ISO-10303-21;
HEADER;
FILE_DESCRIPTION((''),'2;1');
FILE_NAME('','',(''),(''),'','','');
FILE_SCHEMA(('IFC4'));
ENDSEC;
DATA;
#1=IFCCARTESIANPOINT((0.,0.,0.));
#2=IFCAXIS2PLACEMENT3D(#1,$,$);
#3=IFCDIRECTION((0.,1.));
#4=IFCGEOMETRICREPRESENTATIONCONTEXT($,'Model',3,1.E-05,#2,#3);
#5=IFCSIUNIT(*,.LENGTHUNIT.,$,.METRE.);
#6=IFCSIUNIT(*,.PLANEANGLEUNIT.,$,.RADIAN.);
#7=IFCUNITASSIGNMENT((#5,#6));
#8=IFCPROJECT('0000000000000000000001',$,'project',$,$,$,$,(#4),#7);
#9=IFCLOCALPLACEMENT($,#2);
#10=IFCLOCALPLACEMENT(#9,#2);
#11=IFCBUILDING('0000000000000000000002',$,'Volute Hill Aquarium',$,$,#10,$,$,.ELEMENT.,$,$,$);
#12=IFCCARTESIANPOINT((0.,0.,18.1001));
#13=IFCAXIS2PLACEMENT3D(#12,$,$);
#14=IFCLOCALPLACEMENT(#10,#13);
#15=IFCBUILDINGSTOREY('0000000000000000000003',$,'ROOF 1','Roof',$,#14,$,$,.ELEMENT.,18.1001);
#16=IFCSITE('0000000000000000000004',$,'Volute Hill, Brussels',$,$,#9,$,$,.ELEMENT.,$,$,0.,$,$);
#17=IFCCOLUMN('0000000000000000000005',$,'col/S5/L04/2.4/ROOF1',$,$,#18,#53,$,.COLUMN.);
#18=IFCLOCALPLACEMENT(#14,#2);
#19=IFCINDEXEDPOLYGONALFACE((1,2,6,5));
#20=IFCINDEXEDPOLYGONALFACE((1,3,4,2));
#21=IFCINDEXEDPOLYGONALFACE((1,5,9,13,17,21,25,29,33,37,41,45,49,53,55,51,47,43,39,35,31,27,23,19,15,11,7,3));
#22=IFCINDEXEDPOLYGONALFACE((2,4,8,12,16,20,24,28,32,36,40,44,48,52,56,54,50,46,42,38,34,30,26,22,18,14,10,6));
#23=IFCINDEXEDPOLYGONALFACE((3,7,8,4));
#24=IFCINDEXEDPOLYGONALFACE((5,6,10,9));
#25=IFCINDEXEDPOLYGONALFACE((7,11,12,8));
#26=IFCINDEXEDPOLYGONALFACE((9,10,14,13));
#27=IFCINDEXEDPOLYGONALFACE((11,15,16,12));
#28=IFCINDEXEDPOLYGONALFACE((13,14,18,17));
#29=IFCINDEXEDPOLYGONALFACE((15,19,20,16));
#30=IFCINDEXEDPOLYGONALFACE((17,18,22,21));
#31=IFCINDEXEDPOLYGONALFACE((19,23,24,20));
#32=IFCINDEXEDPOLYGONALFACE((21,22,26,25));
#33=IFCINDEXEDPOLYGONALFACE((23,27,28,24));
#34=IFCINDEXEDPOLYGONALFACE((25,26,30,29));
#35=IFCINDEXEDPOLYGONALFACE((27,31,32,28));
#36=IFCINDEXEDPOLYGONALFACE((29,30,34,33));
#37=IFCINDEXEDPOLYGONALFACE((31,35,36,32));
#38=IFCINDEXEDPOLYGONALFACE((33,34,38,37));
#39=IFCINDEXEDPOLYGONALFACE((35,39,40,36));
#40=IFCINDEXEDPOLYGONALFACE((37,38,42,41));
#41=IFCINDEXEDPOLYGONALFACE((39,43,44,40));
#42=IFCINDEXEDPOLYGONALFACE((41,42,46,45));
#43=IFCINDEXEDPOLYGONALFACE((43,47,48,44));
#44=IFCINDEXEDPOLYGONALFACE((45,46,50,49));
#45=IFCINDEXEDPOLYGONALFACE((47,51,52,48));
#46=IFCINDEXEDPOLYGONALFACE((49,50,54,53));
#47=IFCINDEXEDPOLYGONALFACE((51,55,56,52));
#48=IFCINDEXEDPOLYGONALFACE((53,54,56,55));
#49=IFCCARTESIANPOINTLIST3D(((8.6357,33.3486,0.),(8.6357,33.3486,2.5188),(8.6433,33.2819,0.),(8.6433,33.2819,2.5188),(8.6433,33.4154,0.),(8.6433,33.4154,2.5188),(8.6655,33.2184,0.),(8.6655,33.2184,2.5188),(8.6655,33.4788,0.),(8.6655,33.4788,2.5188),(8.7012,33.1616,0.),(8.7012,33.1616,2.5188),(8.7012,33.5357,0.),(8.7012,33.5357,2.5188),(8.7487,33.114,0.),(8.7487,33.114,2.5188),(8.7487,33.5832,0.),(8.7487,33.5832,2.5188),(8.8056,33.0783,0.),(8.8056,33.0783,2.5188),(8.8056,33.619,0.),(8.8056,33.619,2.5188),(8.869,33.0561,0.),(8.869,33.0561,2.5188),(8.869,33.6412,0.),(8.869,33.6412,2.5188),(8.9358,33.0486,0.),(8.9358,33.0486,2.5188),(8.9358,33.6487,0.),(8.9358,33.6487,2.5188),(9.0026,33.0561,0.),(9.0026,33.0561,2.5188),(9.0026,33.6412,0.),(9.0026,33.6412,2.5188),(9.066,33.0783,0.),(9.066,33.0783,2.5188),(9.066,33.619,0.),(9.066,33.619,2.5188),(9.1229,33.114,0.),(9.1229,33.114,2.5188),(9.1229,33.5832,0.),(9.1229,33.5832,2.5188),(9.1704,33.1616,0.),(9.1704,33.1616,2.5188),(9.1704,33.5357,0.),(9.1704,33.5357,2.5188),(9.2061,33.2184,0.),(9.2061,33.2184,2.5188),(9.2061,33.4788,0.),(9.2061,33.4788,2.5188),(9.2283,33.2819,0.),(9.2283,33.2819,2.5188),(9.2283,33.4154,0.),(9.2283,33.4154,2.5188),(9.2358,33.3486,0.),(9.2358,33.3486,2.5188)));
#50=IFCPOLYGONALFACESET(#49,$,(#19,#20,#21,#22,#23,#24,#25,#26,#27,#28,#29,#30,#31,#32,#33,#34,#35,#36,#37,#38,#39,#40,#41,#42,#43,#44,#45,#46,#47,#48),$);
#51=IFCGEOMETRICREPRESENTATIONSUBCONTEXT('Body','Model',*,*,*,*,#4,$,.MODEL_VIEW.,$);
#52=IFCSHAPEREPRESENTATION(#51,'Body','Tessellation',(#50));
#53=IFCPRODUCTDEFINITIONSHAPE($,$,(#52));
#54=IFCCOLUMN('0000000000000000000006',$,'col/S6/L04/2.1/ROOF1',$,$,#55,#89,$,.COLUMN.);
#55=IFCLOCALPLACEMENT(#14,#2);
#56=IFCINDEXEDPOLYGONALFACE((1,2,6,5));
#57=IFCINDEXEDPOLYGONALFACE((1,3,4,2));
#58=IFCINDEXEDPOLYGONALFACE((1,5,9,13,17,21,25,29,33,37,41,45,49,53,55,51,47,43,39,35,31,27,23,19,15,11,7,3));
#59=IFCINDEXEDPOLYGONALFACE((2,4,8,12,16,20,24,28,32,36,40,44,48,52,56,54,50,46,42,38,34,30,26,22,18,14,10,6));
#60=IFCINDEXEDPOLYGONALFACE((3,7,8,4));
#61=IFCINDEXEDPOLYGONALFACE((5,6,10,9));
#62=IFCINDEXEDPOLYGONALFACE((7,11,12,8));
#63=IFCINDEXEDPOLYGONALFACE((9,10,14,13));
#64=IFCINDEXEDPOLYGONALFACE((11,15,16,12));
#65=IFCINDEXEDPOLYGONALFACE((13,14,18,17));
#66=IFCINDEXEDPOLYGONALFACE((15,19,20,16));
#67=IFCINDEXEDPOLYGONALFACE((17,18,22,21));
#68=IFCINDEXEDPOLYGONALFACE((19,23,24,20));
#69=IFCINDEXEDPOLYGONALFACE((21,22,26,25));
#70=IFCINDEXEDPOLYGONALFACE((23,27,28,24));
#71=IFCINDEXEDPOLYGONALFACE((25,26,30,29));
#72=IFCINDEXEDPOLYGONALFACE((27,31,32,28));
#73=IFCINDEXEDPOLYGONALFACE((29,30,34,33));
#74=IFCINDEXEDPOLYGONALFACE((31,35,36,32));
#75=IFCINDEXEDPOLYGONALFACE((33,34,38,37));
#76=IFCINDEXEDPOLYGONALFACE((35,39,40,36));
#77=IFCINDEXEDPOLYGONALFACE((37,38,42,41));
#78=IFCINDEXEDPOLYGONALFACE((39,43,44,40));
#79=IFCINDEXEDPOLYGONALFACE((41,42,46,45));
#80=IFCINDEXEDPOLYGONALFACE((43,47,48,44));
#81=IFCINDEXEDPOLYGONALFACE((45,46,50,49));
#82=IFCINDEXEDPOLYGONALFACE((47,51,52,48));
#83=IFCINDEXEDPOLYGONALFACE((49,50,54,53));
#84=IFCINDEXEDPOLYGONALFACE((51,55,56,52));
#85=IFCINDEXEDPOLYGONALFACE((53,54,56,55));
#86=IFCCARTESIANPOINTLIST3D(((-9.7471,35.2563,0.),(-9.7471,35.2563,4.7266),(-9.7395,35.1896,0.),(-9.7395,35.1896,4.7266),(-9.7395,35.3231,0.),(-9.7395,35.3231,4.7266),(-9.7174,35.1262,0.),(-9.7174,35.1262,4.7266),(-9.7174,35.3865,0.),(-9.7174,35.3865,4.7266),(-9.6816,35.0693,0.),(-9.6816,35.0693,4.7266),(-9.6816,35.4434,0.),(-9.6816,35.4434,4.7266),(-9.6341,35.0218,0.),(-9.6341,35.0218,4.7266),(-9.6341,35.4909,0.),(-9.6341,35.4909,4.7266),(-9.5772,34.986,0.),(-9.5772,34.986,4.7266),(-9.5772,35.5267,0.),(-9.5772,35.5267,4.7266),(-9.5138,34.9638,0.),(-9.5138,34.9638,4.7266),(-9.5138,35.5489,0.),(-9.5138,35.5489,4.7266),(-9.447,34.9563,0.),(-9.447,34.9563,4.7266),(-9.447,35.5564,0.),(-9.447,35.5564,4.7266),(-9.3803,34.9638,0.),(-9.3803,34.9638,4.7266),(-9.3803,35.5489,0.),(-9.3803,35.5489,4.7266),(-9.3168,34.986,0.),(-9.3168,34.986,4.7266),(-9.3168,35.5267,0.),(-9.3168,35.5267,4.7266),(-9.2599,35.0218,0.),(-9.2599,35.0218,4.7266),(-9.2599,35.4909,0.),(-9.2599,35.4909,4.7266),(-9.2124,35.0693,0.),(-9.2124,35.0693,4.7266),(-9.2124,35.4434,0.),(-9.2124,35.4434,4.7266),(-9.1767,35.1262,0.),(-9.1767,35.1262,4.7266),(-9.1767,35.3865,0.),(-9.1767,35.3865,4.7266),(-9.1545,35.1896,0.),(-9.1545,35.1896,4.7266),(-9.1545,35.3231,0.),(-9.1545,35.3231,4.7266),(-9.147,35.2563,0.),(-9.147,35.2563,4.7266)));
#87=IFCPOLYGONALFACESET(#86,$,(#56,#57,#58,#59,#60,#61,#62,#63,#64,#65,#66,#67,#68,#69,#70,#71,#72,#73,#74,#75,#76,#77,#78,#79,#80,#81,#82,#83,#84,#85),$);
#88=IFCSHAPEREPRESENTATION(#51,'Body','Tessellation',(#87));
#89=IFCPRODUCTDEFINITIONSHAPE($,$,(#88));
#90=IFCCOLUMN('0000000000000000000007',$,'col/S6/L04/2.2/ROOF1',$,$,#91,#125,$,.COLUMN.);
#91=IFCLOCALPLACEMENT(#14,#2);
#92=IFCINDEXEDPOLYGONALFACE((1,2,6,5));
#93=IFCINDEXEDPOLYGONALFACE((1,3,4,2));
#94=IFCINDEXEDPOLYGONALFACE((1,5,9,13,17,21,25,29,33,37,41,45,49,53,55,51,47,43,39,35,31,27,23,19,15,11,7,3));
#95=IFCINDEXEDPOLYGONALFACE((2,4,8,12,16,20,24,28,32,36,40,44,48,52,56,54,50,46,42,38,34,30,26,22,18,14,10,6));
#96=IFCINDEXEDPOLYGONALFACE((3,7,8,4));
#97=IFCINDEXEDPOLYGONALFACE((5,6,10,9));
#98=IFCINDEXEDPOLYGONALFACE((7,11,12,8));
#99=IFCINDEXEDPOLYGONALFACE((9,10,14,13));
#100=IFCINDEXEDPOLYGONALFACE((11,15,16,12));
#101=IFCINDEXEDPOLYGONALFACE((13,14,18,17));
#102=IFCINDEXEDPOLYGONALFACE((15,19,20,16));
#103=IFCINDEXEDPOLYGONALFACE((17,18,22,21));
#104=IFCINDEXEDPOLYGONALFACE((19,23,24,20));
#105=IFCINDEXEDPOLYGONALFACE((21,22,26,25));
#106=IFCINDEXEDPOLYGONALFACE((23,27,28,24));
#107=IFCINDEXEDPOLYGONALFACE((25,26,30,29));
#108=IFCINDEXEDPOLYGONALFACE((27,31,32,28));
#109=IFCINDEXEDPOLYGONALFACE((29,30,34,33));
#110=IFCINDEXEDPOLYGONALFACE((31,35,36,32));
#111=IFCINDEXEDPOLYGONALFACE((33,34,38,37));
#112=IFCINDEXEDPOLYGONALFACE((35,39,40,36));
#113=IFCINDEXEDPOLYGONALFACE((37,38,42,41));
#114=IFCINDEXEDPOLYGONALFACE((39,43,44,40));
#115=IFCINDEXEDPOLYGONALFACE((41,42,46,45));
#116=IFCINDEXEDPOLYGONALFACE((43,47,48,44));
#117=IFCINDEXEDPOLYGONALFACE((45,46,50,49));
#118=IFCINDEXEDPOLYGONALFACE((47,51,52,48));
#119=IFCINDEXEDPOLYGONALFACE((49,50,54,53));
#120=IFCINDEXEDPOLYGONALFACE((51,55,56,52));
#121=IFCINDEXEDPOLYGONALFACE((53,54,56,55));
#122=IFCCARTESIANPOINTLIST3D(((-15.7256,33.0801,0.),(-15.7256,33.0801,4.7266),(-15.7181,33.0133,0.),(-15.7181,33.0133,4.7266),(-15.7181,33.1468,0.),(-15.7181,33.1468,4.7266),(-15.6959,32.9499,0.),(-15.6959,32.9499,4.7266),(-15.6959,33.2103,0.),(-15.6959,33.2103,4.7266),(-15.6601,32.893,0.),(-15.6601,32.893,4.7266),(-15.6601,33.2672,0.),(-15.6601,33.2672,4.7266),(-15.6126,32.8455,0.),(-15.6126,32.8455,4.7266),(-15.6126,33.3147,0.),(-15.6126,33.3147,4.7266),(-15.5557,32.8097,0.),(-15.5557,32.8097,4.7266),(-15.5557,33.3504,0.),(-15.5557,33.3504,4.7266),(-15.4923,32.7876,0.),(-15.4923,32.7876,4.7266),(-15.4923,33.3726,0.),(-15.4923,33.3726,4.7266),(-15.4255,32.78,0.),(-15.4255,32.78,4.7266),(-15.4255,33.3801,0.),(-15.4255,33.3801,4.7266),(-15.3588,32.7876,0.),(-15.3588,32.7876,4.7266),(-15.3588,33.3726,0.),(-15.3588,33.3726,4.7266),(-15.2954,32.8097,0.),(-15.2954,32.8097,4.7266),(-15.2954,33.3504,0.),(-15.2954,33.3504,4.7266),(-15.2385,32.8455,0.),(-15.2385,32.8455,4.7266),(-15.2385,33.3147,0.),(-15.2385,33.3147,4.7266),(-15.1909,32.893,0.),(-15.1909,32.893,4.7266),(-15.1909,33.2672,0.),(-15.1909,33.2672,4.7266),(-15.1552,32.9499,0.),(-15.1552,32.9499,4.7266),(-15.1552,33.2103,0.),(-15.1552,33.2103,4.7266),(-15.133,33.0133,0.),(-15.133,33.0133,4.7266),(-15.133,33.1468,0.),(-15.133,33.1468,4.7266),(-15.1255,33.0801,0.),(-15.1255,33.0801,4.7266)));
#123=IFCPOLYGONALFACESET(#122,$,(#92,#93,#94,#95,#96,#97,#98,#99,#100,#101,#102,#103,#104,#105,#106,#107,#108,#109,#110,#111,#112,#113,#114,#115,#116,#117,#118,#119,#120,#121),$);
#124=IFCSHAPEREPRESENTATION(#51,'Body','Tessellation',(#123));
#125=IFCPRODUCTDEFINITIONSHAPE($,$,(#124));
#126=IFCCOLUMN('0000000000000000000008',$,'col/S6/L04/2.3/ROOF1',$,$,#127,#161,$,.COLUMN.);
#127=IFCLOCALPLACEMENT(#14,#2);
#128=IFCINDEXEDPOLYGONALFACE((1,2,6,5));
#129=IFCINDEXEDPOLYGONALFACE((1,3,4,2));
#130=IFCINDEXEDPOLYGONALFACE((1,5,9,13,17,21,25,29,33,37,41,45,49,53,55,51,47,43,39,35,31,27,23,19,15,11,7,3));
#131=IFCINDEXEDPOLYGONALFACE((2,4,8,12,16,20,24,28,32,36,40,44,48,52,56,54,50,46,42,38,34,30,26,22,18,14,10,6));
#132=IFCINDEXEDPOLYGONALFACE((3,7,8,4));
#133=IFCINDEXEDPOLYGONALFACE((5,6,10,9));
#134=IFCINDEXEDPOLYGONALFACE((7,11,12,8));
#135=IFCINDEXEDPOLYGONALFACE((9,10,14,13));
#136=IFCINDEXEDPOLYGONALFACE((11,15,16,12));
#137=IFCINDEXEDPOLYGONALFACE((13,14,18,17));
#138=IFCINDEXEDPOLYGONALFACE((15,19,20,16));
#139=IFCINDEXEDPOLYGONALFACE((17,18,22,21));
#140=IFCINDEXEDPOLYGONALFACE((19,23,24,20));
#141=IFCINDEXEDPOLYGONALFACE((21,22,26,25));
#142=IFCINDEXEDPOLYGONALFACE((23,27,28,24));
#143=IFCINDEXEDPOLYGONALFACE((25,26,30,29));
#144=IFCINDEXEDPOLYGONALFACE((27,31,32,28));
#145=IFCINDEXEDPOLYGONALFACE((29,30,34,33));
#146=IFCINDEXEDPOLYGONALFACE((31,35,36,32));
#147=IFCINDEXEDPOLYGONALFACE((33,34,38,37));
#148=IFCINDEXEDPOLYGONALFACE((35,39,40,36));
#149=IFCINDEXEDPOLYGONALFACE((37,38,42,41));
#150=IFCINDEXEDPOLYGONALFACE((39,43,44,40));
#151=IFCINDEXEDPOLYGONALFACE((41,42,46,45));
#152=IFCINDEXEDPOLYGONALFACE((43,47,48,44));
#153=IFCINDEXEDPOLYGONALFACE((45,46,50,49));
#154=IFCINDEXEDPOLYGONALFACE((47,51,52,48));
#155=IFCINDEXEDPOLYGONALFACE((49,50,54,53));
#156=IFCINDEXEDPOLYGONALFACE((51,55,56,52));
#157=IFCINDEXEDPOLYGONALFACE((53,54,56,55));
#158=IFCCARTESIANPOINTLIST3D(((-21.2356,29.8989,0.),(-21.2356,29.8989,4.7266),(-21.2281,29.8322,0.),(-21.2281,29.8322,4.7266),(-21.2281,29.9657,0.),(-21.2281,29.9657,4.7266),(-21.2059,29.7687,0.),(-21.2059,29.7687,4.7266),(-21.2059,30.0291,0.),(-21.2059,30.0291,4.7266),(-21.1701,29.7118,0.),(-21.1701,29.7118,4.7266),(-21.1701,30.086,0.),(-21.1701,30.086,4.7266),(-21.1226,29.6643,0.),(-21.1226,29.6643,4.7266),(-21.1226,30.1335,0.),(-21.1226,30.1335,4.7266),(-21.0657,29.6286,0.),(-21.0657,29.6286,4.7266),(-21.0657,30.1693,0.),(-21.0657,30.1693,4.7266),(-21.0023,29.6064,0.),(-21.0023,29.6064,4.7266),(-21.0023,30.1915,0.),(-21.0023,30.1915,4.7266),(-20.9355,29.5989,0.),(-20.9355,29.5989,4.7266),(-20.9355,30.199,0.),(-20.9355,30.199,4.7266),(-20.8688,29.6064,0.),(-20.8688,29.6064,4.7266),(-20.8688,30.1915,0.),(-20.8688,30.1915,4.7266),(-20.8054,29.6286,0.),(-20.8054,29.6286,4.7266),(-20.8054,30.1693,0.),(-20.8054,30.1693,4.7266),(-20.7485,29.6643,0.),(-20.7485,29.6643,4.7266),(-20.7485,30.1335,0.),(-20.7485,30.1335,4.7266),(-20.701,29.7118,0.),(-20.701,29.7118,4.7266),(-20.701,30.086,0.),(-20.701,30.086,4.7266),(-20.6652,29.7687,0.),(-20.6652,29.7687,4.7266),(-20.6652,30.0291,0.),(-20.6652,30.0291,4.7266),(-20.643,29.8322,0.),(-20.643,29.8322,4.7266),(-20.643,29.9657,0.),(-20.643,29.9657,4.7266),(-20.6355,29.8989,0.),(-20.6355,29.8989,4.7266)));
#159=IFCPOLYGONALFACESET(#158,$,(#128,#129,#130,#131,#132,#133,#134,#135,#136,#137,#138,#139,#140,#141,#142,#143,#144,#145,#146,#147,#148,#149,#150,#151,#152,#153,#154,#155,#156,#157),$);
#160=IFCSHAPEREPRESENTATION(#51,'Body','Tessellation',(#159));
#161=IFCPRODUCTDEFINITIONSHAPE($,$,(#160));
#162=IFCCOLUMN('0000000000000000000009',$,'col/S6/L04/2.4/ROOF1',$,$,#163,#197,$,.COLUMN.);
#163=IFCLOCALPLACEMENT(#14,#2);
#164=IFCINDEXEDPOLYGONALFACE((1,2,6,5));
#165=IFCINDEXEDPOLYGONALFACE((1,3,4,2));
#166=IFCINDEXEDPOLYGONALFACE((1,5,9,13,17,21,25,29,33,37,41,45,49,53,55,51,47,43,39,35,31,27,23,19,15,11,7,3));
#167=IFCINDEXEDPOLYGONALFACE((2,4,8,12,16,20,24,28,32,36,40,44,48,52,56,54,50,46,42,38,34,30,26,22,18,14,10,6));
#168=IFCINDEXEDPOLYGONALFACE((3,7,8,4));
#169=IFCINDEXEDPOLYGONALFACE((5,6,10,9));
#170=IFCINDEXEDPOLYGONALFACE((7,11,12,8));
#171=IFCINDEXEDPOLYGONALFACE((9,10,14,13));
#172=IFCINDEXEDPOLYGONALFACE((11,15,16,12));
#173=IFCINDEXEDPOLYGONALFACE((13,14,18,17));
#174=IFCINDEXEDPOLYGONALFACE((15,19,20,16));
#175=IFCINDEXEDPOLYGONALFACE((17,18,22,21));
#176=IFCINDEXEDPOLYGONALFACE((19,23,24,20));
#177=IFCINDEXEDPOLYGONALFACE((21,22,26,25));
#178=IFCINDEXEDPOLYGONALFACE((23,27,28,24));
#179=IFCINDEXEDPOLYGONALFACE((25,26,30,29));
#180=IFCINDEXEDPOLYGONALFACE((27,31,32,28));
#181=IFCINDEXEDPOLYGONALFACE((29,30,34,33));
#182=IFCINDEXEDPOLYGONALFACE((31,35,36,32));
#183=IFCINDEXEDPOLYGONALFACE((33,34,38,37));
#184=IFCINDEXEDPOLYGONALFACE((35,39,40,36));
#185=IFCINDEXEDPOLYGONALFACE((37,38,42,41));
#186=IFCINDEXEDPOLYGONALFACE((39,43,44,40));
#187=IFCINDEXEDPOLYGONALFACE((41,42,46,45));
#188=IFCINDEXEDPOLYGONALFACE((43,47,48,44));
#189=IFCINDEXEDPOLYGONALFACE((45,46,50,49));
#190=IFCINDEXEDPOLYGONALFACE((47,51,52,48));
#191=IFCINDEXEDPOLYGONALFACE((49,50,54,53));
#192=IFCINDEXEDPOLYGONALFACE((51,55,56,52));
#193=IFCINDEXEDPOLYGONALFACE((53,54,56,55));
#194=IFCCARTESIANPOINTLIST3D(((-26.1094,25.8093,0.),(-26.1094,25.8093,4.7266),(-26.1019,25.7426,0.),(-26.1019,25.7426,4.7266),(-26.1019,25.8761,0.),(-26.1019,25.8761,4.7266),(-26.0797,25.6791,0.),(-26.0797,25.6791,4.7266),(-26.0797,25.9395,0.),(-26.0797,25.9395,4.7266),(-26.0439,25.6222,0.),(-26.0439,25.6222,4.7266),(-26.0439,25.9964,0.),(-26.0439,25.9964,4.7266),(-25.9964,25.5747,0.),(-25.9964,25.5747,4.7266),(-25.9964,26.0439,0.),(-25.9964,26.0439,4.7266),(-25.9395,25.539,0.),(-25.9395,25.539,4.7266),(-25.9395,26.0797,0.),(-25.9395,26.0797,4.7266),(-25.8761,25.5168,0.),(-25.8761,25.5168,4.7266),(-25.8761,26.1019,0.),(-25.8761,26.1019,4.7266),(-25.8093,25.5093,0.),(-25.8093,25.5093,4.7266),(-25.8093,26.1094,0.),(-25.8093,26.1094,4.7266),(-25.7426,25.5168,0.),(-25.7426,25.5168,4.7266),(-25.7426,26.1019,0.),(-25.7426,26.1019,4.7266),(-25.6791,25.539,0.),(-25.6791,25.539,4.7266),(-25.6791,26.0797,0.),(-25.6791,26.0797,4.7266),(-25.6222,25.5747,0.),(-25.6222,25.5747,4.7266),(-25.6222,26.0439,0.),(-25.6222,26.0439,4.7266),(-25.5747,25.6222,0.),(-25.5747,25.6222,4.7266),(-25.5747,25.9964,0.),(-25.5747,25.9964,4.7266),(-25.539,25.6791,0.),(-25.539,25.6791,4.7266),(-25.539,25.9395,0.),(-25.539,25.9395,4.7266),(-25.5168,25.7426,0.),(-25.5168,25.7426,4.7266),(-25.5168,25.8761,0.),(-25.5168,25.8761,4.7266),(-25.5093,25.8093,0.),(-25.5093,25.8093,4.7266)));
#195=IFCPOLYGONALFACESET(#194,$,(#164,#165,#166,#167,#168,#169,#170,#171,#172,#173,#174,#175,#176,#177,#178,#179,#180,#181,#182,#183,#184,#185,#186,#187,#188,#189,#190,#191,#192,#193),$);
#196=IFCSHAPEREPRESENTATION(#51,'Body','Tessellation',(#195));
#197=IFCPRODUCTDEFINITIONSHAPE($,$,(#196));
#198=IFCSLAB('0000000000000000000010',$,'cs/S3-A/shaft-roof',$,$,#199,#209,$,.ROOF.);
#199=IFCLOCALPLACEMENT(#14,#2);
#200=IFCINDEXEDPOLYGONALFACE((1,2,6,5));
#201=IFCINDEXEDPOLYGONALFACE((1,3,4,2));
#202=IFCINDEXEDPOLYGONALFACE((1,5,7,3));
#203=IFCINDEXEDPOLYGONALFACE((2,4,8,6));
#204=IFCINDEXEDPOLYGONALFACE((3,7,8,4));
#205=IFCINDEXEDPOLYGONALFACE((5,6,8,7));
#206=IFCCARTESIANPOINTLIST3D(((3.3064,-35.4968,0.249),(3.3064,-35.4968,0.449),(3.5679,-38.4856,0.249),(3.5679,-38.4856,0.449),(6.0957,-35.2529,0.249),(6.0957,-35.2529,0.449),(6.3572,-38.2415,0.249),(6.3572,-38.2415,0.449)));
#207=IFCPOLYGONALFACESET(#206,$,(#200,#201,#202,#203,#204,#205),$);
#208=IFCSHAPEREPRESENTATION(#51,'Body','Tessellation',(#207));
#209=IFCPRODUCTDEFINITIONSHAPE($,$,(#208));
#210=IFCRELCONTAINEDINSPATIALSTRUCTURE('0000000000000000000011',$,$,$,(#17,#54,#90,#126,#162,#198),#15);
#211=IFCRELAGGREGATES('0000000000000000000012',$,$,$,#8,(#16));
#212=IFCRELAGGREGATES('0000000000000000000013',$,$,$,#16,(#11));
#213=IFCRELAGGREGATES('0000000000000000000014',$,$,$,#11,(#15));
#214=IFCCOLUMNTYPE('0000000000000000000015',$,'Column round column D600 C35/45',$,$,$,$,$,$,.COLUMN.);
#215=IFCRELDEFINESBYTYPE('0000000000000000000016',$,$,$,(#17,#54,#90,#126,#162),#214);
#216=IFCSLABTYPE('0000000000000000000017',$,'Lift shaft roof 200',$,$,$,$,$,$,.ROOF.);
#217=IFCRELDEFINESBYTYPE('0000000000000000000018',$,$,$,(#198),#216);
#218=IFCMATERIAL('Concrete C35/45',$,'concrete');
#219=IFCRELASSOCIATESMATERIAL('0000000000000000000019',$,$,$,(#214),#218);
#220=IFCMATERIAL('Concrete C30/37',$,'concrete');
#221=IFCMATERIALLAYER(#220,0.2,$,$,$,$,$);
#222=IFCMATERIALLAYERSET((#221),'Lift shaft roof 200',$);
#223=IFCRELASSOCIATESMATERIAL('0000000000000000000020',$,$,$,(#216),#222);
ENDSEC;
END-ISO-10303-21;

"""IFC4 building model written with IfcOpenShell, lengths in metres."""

from ifc_helpers import new_model, si_unit, direction, frame, origin, origin_2d, place, context, subcontext, project, spatial, polyline, circle, outline, extrude, material, layer, layer_set, material_profile, profile_set, type_object, element, save


model = new_model("IFC4")

# Units and contexts
model_context = context("Model", 3, precision=1e-05, world=origin(), true_north=direction((0.0, 1.0)))
body_context = subcontext(model_context, "Body", "Model", "MODEL_VIEW")
ifc_project = project(units=[si_unit("LENGTHUNIT", "METRE"), si_unit("PLANEANGLEUNIT", "RADIAN")], contexts=[model_context])

# Site, building, storey
site_placement = place(None, origin())
site = spatial("IfcSite", under=ifc_project, at=site_placement, Name="Volute Hill, Brussels", CompositionType="ELEMENT", RefElevation=0.0)
building_placement = place(site_placement, origin())
building = spatial("IfcBuilding", under=site, at=building_placement, Name="Volute Hill Aquarium", CompositionType="ELEMENT")
storey_placement = place(building_placement, frame((0.0, 0.0, 18.1001)))
storey = spatial("IfcBuildingStorey", under=building, at=storey_placement, Name="ROOF 1", Description="Roof", CompositionType="ELEMENT", Elevation=18.1001)

# Columns
ifc_material_1 = material(Name="Concrete C35/45", Category="concrete")
ifc_material_profile_1 = material_profile(ifc_material_1, circle(Radius=0.3, at=origin_2d()), Name="RC round column D600")
ifc_profile_set_1 = profile_set([ifc_material_profile_1], Name="Concrete C35/45")
column_type_1 = type_object("IfcColumnType", Name="Column round column D600 C35/45", PredefinedType="COLUMN", material=ifc_profile_set_1)
for number, where, z_axis, x_axis, name in (
    (1, (8.9358, 33.3486, 0.0), (0.0, 0.0, 1.0), (1.0, 0.0, 0.0), "col/S5/L04/2.4/ROOF1"),
):
    element("IfcColumn", number, at=place(storey_placement, frame(where, z_axis=z_axis, x_axis=x_axis)), inside=storey, type_object=column_type_1, Name=name, PredefinedType="COLUMN", context=body_context, shape_type="SweptSolid", body=[
        extrude(circle(Radius=0.3, at=origin_2d()), origin(), (0.0, 0.0, 1.0), 2.5188),
    ])
for number, where, z_axis, x_axis, name in (
    (2, (-9.447, 35.2563, 0.0), (0.0, 0.0, 1.0), (1.0, 0.0, 0.0), "col/S6/L04/2.1/ROOF1"),
    (3, (-15.4255, 33.0801, 0.0), (0.0, 0.0, 1.0), (1.0, 0.0, 0.0), "col/S6/L04/2.2/ROOF1"),
    (4, (-20.9355, 29.8989, 0.0), (0.0, 0.0, 1.0), (1.0, 0.0, 0.0), "col/S6/L04/2.3/ROOF1"),
    (5, (-25.8093, 25.8093, 0.0), (0.0, 0.0, 1.0), (1.0, 0.0, 0.0), "col/S6/L04/2.4/ROOF1"),
):
    element("IfcColumn", number, at=place(storey_placement, frame(where, z_axis=z_axis, x_axis=x_axis)), inside=storey, type_object=column_type_1, Name=name, PredefinedType="COLUMN", context=body_context, shape_type="SweptSolid", body=[
        extrude(circle(Radius=0.3, at=origin_2d()), origin(), (0.0, 0.0, 1.0), 4.7266),
    ])

# Slab
ifc_material_2 = material(Name="Concrete C30/37", Category="concrete")
ifc_layer = layer(ifc_material_2, 0.2)
ifc_layer_set = layer_set([ifc_layer], Name="Lift shaft roof 200")
slab_type = type_object("IfcSlabType", Name="Lift shaft roof 200", PredefinedType="ROOF", material=ifc_layer_set)
slab_1_placement = place(storey_placement, frame((0.0, 0.0, 0.249)))
element("IfcSlab", 6, at=slab_1_placement, inside=storey, type_object=slab_type, Name="cs/S3-A/shaft-roof", PredefinedType="ROOF", context=body_context, shape_type="SweptSolid", body=[
    extrude(outline(polyline([(3.3064, -35.4968), (3.5679, -38.4856), (6.3572, -38.2415), (6.0957, -35.2529), (3.3064, -35.4968)])), origin(), (0.0, 0.0, 1.0), 0.2),
])

save(model, "model.ifc")
